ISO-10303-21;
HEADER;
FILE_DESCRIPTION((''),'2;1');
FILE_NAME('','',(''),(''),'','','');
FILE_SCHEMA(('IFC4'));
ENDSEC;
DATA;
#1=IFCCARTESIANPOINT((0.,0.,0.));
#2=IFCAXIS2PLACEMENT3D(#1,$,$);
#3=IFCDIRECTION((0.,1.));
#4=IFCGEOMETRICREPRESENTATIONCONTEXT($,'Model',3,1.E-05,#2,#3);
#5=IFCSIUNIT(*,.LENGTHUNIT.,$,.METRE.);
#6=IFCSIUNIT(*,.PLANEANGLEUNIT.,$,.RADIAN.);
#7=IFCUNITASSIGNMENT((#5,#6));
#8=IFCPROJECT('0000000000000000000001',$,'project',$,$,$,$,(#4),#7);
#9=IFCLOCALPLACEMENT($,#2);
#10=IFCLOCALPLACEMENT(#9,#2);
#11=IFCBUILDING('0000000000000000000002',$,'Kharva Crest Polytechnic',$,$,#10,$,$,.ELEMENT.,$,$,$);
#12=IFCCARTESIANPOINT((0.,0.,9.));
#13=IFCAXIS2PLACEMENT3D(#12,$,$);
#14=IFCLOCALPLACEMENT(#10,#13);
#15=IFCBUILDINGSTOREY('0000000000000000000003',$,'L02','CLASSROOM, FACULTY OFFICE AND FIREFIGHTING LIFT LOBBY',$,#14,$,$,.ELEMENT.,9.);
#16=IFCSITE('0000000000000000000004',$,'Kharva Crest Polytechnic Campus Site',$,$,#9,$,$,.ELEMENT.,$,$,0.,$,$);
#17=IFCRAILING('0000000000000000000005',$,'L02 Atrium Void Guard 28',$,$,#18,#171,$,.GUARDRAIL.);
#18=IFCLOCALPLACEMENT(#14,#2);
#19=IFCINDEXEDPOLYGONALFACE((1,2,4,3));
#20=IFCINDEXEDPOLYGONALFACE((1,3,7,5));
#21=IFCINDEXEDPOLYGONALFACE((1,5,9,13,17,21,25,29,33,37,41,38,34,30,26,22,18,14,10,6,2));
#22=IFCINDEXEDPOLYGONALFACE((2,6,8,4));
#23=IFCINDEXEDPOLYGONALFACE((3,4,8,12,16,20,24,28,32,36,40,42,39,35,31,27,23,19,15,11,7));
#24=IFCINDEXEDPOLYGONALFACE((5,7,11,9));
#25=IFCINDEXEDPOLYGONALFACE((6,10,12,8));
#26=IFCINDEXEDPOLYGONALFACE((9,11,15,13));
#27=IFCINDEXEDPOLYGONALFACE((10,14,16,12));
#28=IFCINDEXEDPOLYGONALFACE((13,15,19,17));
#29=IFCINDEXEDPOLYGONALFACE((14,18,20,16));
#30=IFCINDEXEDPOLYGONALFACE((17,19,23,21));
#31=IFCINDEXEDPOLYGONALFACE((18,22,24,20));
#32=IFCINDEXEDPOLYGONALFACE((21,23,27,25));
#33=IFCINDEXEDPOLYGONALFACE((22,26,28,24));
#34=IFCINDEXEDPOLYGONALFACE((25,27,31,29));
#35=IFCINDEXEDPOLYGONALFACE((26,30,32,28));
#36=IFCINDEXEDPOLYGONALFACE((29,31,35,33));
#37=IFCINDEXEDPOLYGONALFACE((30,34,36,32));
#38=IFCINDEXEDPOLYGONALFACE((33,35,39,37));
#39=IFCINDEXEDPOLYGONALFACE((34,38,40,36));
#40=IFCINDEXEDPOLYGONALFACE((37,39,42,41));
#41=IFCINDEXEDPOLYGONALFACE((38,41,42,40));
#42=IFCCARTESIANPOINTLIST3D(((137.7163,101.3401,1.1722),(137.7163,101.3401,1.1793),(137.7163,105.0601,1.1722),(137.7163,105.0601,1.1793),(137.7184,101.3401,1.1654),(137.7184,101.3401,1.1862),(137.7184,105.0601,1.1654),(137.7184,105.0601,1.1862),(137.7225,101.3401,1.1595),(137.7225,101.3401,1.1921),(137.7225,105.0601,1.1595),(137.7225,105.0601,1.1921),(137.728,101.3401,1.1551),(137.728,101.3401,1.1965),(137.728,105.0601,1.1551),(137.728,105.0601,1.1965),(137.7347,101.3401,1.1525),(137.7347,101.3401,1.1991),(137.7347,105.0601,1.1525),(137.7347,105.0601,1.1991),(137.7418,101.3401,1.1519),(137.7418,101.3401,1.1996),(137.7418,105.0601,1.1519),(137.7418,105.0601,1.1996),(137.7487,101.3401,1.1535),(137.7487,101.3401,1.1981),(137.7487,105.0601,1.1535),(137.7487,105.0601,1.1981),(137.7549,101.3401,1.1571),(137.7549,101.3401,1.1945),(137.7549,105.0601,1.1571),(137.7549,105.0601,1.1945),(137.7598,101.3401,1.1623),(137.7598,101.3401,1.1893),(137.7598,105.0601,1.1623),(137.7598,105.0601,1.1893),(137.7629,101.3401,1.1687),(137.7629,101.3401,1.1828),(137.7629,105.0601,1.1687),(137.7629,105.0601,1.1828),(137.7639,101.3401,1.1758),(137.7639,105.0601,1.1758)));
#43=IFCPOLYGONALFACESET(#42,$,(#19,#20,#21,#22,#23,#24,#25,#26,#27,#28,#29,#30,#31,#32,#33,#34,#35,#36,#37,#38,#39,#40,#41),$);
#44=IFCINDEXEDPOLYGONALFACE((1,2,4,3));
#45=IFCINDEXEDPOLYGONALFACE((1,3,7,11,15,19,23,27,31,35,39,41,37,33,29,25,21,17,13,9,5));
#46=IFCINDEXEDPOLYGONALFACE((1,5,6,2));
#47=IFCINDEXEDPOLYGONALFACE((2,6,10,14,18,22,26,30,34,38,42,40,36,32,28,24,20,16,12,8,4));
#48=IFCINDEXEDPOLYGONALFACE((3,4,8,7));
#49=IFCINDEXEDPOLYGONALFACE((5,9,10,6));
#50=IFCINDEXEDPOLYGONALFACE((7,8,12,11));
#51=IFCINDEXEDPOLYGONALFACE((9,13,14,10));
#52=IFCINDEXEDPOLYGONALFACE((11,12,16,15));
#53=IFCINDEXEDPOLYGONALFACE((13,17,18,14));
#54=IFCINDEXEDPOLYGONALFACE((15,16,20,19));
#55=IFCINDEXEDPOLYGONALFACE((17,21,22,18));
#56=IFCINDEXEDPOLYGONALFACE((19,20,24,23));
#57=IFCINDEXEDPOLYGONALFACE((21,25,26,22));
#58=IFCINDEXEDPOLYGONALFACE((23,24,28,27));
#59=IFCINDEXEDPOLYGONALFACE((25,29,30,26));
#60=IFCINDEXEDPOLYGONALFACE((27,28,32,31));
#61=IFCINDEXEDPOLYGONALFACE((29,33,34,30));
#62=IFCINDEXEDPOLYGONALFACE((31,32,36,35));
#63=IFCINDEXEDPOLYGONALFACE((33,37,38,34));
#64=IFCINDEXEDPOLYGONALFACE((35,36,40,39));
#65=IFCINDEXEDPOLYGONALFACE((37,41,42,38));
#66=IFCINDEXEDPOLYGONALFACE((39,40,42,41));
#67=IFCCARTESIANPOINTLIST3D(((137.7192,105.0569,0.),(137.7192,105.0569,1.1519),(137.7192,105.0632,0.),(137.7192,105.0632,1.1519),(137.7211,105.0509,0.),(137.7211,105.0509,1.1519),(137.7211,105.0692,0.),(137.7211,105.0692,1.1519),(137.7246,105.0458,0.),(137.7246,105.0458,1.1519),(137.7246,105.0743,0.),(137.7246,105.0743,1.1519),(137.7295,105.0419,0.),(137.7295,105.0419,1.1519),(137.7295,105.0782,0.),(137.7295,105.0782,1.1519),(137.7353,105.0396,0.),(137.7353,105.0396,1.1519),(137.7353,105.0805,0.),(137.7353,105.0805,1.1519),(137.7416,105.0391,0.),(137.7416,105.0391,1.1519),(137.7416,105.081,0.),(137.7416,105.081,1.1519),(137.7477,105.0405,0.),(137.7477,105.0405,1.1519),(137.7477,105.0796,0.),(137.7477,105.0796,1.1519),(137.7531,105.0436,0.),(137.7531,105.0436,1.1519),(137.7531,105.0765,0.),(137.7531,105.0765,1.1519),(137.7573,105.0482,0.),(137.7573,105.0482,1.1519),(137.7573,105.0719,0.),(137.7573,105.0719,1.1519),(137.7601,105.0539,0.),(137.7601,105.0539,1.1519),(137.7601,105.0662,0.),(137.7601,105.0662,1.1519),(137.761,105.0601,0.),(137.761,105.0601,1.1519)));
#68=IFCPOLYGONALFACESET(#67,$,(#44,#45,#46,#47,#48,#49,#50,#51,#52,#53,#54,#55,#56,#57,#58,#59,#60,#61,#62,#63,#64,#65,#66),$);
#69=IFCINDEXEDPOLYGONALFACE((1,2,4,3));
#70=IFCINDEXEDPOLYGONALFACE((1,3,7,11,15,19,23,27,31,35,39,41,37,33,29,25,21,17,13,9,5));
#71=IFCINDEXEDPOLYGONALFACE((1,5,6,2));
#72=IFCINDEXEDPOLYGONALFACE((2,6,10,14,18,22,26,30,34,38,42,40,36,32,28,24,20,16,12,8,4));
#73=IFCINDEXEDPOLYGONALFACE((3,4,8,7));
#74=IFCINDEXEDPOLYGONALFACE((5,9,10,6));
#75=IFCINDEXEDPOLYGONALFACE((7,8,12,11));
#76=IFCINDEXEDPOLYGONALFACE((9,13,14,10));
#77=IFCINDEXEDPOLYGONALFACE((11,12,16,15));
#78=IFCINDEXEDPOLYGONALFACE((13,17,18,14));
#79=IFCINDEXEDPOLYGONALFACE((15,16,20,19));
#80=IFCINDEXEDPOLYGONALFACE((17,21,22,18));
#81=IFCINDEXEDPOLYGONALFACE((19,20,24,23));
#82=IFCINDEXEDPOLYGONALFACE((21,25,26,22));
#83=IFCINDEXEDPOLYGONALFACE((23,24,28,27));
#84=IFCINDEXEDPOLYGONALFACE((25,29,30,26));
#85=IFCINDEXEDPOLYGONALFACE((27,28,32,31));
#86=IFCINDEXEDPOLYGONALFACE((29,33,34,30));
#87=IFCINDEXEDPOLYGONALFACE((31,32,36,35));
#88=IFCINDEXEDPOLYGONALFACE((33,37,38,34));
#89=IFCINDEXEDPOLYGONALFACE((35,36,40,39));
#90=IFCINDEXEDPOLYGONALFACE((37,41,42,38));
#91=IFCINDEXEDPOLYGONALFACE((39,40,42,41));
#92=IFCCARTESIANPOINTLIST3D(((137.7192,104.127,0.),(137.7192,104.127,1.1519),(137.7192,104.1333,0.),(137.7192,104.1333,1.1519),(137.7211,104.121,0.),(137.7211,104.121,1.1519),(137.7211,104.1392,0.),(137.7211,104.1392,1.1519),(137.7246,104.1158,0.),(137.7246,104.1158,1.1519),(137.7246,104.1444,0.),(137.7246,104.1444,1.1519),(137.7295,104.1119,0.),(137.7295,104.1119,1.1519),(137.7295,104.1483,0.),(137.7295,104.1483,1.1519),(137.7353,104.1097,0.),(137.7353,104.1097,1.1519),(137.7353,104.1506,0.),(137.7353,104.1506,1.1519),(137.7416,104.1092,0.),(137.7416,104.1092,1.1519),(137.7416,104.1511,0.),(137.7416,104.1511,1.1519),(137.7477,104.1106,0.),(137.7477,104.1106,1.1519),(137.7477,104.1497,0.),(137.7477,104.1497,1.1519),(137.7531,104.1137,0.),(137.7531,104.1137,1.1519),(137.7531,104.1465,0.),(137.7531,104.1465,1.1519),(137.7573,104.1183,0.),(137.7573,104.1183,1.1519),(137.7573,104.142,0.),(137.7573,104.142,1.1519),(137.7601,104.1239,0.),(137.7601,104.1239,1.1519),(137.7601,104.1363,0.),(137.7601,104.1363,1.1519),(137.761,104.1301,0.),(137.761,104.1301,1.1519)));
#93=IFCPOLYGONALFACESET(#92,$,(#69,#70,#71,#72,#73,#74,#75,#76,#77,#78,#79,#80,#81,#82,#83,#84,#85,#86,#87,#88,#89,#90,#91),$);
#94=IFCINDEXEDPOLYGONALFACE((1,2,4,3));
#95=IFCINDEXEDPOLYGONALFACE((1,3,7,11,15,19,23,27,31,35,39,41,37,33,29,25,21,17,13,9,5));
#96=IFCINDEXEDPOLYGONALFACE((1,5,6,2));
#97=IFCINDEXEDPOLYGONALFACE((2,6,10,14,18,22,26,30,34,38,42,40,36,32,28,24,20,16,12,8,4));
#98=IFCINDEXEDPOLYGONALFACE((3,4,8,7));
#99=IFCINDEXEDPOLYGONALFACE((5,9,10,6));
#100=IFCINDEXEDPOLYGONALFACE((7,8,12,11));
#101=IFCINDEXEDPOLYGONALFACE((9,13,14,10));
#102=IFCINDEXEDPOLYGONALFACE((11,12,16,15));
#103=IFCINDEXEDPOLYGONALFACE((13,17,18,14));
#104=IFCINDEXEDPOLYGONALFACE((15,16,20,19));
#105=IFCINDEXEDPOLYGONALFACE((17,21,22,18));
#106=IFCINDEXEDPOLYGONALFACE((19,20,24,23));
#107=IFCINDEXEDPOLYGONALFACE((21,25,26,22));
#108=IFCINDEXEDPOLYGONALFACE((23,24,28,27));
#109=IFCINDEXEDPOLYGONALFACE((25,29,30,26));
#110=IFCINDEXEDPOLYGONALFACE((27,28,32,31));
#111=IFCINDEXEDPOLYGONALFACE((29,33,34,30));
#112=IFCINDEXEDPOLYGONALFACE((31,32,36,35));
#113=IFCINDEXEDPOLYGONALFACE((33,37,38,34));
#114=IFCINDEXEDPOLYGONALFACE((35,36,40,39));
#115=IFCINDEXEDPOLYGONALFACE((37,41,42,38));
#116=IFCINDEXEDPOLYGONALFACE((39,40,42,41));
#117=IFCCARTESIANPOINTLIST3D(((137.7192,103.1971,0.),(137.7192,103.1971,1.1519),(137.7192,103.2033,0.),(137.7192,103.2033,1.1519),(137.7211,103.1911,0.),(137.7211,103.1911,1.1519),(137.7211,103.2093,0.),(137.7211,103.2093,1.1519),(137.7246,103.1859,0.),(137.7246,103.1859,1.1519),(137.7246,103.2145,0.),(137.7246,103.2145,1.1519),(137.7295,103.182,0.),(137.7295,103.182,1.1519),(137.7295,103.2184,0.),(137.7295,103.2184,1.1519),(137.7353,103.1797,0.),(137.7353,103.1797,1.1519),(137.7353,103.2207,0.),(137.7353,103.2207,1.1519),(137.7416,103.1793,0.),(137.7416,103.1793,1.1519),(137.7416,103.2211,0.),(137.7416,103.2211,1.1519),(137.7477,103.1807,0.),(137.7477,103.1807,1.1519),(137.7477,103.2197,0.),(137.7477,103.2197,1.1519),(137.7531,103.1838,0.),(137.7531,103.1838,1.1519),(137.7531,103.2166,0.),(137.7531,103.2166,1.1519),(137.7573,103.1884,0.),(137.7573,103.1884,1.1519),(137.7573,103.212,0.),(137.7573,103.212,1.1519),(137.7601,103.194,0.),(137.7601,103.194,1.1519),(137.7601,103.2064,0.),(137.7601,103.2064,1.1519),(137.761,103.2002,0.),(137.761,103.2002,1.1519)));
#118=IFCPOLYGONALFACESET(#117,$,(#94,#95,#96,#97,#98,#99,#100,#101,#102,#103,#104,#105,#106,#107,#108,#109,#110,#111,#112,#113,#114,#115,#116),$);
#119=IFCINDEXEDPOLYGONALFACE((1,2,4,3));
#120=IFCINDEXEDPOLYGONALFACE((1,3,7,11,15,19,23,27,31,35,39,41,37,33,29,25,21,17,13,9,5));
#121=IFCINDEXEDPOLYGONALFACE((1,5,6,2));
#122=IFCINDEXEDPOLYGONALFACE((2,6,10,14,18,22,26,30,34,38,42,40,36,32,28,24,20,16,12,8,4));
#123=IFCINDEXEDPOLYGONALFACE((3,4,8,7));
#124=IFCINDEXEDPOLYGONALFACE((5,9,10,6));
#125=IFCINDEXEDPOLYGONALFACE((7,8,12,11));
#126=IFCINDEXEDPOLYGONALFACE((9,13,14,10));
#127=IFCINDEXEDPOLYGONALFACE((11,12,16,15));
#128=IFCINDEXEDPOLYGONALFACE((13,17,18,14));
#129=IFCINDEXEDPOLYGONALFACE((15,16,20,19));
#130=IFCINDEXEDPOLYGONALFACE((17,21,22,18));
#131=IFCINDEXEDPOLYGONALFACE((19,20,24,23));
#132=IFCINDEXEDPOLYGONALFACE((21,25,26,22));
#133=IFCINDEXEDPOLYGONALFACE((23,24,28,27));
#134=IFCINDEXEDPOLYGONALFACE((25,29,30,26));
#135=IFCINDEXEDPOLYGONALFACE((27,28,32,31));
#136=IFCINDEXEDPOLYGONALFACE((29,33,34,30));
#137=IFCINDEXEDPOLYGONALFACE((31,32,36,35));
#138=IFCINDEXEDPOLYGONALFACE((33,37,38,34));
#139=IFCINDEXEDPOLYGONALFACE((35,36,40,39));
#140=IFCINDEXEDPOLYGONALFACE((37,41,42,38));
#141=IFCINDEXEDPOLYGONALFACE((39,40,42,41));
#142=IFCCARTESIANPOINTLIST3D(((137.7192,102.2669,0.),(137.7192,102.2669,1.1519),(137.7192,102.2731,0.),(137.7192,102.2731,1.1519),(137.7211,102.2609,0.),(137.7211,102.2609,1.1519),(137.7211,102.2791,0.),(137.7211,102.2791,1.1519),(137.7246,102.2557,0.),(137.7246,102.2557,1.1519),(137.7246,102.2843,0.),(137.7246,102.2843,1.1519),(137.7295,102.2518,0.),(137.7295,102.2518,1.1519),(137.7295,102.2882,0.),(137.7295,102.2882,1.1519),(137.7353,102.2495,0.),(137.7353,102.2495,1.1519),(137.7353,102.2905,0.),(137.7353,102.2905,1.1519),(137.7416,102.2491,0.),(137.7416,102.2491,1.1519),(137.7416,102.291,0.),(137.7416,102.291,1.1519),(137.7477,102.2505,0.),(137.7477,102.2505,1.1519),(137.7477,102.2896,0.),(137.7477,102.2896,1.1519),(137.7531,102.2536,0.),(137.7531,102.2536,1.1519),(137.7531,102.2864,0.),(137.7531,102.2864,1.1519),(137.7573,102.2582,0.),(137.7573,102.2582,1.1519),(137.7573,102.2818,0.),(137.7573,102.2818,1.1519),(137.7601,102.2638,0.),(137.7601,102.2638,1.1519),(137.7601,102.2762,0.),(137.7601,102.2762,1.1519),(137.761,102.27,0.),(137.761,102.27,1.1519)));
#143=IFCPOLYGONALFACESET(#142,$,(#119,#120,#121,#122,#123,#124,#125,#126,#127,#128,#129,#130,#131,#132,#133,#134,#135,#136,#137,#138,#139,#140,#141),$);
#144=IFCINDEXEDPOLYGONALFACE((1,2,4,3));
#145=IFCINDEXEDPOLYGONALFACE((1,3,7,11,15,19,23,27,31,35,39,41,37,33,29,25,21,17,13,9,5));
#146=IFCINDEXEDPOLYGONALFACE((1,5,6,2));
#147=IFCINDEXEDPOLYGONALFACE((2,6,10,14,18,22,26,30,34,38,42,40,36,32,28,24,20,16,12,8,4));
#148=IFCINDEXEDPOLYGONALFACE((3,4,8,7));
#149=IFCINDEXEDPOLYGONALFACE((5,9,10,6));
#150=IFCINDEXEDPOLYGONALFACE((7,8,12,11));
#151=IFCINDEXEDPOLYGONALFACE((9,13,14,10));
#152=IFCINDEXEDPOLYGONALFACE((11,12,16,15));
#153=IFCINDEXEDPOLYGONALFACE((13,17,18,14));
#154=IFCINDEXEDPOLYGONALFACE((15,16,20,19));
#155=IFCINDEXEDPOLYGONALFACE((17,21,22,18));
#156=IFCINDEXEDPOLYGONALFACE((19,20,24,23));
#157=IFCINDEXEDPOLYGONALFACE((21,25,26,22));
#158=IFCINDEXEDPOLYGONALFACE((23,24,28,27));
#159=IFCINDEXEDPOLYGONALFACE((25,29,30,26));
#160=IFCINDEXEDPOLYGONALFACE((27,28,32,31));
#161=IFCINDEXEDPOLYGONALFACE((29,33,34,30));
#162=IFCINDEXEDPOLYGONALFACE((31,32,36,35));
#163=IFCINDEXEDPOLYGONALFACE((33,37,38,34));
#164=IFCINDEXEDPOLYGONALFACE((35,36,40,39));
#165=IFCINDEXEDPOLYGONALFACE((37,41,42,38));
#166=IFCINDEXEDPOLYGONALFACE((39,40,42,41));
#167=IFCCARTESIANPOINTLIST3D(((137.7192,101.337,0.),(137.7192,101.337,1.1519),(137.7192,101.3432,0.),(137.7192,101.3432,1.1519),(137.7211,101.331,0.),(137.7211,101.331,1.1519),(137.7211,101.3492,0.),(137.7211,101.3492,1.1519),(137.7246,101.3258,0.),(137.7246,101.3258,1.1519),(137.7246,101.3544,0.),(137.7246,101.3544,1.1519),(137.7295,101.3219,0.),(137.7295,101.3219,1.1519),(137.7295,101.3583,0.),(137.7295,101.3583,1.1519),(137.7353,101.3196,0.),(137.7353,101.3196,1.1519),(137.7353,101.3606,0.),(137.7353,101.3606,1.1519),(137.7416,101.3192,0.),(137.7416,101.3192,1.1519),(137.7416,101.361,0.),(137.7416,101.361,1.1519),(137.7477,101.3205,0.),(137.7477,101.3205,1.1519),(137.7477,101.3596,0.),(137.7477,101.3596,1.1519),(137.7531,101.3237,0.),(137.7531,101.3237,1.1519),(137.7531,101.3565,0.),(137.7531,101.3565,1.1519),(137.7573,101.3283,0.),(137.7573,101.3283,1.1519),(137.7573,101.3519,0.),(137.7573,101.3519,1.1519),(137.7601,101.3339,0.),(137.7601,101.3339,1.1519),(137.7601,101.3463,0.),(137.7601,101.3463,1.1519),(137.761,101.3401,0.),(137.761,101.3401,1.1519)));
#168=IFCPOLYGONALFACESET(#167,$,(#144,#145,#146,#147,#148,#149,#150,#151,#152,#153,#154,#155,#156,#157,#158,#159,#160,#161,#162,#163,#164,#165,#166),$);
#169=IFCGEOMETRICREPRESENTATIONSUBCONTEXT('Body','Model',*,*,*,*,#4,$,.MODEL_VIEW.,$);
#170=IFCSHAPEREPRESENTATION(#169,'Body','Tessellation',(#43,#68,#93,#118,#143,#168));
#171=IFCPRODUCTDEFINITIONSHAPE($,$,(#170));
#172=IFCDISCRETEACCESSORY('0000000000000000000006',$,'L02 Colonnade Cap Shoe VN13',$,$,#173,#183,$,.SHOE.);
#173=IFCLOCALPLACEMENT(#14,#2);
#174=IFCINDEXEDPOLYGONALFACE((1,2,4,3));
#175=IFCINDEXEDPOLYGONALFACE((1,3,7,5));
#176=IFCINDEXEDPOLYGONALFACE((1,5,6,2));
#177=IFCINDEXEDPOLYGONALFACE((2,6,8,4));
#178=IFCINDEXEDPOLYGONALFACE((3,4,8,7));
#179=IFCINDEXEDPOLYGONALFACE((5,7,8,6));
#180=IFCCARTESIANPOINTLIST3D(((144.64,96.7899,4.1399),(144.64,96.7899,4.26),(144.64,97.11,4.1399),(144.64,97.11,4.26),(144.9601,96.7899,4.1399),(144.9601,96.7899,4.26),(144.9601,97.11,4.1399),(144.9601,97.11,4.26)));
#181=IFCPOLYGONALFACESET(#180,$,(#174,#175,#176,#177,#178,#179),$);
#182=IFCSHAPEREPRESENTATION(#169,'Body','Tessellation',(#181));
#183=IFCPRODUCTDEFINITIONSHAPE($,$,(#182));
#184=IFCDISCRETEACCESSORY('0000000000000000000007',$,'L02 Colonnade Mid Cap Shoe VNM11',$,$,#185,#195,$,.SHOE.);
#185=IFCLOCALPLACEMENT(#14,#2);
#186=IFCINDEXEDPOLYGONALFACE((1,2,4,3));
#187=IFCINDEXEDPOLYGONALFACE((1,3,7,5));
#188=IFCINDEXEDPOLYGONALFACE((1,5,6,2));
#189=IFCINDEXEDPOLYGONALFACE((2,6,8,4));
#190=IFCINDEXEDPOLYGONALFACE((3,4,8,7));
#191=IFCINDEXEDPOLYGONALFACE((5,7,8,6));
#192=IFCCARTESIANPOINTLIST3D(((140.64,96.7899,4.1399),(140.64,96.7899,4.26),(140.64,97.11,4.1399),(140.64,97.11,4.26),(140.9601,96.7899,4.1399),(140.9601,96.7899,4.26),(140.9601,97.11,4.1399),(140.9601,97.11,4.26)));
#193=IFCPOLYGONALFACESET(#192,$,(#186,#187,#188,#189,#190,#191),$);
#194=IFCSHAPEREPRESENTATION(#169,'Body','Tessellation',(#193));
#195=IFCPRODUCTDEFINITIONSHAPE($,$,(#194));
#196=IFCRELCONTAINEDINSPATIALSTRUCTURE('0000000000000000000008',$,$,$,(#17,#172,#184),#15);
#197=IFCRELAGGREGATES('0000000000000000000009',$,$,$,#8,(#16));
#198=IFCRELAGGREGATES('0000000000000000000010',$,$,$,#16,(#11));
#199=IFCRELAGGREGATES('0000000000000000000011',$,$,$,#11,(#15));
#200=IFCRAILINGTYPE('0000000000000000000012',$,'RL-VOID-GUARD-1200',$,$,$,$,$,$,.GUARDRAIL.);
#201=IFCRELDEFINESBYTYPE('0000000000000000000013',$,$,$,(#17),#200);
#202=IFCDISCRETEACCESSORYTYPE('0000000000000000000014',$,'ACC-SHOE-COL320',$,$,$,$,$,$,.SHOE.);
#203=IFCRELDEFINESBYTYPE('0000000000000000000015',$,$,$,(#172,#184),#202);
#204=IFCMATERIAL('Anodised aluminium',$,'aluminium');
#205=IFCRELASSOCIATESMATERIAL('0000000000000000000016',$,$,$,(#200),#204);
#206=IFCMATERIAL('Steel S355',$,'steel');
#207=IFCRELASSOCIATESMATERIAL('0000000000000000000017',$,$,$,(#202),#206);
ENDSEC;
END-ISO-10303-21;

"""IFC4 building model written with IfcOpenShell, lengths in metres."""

from ifc_helpers import new_model, si_unit, direction, frame, origin, origin_2d, place, context, subcontext, project, spatial, rectangle, circle, extrude, material, type_object, element, save


model = new_model("IFC4")

# Units and contexts
model_context = context("Model", 3, precision=1e-05, world=origin(), true_north=direction((0.0, 1.0)))
body_context = subcontext(model_context, "Body", "Model", "MODEL_VIEW")
ifc_project = project(units=[si_unit("LENGTHUNIT", "METRE"), si_unit("PLANEANGLEUNIT", "RADIAN")], contexts=[model_context])

# Site, building, storey
site_placement = place(None, origin())
site = spatial("IfcSite", under=ifc_project, at=site_placement, Name="Kharva Crest Polytechnic Campus Site", CompositionType="ELEMENT", RefElevation=0.0)
building_placement = place(site_placement, origin())
building = spatial("IfcBuilding", under=site, at=building_placement, Name="Kharva Crest Polytechnic", CompositionType="ELEMENT")
storey_placement = place(building_placement, frame((0.0, 0.0, 9.0)))
storey = spatial("IfcBuildingStorey", under=building, at=storey_placement, Name="L02", Description="CLASSROOM, FACULTY OFFICE AND FIREFIGHTING LIFT LOBBY", CompositionType="ELEMENT", Elevation=9.0)

# Shared definitions
ifc_material_1 = material(Name="Steel S355", Category="steel")

# Shared definitions
ifc_material_2 = material(Name="Anodised aluminium", Category="aluminium")

# Railing
railing_type = type_object("IfcRailingType", Name="RL-VOID-GUARD-1200", PredefinedType="GUARDRAIL", material=ifc_material_2)
railing_1_placement = place(storey_placement, frame((137.74, 105.0601, 0.0)))
element("IfcRailing", 1, at=railing_1_placement, inside=storey, type_object=railing_type, Name="L02 Atrium Void Guard 28", PredefinedType="GUARDRAIL", context=body_context, shape_type="SweptSolid", body=[
    extrude(circle(Radius=0.0239, at=origin_2d()), frame((0.0, 0.0, 1.1758), z_axis=(0.0, -1.0, 0.0), x_axis=(1.0, 0.0, 0.0)), (0.0, 0.0, 1.0), 3.72),
    extrude(circle(Radius=0.021, at=origin_2d()), origin(), (0.0, 0.0, 1.0), 1.1519),
    extrude(circle(Radius=0.021, at=origin_2d()), frame((0.0, -0.9299, 0.0)), (0.0, 0.0, 1.0), 1.1519),
    extrude(circle(Radius=0.021, at=origin_2d()), frame((0.0, -1.8599, 0.0)), (0.0, 0.0, 1.0), 1.1519),
    extrude(circle(Radius=0.021, at=origin_2d()), frame((0.0, -2.79, 0.0)), (0.0, 0.0, 1.0), 1.1519),
    extrude(circle(Radius=0.021, at=origin_2d()), frame((0.0, -3.72, 0.0)), (0.0, 0.0, 1.0), 1.1519),
])

# Discrete accessories
discrete_accessory_type = type_object("IfcDiscreteAccessoryType", Name="ACC-SHOE-COL320", PredefinedType="SHOE", material=ifc_material_1)
for number, where, z_axis, x_axis, name in (
    (2, (144.8, 96.95, 4.1399), (0.0, 0.0, 1.0), (1.0, 0.0, 0.0), "L02 Colonnade Cap Shoe VN13"),
    (3, (140.8, 96.95, 4.1399), (0.0, 0.0, 1.0), (1.0, 0.0, 0.0), "L02 Colonnade Mid Cap Shoe VNM11"),
):
    element("IfcDiscreteAccessory", number, at=place(storey_placement, frame(where, z_axis=z_axis, x_axis=x_axis)), inside=storey, type_object=discrete_accessory_type, Name=name, PredefinedType="SHOE", context=body_context, shape_type="SweptSolid", body=[
        extrude(rectangle(XDim=0.3201, YDim=0.3201, at=origin_2d()), origin(), (0.0, 0.0, 1.0), 0.1201),
    ])

save(model, "model.ifc")
